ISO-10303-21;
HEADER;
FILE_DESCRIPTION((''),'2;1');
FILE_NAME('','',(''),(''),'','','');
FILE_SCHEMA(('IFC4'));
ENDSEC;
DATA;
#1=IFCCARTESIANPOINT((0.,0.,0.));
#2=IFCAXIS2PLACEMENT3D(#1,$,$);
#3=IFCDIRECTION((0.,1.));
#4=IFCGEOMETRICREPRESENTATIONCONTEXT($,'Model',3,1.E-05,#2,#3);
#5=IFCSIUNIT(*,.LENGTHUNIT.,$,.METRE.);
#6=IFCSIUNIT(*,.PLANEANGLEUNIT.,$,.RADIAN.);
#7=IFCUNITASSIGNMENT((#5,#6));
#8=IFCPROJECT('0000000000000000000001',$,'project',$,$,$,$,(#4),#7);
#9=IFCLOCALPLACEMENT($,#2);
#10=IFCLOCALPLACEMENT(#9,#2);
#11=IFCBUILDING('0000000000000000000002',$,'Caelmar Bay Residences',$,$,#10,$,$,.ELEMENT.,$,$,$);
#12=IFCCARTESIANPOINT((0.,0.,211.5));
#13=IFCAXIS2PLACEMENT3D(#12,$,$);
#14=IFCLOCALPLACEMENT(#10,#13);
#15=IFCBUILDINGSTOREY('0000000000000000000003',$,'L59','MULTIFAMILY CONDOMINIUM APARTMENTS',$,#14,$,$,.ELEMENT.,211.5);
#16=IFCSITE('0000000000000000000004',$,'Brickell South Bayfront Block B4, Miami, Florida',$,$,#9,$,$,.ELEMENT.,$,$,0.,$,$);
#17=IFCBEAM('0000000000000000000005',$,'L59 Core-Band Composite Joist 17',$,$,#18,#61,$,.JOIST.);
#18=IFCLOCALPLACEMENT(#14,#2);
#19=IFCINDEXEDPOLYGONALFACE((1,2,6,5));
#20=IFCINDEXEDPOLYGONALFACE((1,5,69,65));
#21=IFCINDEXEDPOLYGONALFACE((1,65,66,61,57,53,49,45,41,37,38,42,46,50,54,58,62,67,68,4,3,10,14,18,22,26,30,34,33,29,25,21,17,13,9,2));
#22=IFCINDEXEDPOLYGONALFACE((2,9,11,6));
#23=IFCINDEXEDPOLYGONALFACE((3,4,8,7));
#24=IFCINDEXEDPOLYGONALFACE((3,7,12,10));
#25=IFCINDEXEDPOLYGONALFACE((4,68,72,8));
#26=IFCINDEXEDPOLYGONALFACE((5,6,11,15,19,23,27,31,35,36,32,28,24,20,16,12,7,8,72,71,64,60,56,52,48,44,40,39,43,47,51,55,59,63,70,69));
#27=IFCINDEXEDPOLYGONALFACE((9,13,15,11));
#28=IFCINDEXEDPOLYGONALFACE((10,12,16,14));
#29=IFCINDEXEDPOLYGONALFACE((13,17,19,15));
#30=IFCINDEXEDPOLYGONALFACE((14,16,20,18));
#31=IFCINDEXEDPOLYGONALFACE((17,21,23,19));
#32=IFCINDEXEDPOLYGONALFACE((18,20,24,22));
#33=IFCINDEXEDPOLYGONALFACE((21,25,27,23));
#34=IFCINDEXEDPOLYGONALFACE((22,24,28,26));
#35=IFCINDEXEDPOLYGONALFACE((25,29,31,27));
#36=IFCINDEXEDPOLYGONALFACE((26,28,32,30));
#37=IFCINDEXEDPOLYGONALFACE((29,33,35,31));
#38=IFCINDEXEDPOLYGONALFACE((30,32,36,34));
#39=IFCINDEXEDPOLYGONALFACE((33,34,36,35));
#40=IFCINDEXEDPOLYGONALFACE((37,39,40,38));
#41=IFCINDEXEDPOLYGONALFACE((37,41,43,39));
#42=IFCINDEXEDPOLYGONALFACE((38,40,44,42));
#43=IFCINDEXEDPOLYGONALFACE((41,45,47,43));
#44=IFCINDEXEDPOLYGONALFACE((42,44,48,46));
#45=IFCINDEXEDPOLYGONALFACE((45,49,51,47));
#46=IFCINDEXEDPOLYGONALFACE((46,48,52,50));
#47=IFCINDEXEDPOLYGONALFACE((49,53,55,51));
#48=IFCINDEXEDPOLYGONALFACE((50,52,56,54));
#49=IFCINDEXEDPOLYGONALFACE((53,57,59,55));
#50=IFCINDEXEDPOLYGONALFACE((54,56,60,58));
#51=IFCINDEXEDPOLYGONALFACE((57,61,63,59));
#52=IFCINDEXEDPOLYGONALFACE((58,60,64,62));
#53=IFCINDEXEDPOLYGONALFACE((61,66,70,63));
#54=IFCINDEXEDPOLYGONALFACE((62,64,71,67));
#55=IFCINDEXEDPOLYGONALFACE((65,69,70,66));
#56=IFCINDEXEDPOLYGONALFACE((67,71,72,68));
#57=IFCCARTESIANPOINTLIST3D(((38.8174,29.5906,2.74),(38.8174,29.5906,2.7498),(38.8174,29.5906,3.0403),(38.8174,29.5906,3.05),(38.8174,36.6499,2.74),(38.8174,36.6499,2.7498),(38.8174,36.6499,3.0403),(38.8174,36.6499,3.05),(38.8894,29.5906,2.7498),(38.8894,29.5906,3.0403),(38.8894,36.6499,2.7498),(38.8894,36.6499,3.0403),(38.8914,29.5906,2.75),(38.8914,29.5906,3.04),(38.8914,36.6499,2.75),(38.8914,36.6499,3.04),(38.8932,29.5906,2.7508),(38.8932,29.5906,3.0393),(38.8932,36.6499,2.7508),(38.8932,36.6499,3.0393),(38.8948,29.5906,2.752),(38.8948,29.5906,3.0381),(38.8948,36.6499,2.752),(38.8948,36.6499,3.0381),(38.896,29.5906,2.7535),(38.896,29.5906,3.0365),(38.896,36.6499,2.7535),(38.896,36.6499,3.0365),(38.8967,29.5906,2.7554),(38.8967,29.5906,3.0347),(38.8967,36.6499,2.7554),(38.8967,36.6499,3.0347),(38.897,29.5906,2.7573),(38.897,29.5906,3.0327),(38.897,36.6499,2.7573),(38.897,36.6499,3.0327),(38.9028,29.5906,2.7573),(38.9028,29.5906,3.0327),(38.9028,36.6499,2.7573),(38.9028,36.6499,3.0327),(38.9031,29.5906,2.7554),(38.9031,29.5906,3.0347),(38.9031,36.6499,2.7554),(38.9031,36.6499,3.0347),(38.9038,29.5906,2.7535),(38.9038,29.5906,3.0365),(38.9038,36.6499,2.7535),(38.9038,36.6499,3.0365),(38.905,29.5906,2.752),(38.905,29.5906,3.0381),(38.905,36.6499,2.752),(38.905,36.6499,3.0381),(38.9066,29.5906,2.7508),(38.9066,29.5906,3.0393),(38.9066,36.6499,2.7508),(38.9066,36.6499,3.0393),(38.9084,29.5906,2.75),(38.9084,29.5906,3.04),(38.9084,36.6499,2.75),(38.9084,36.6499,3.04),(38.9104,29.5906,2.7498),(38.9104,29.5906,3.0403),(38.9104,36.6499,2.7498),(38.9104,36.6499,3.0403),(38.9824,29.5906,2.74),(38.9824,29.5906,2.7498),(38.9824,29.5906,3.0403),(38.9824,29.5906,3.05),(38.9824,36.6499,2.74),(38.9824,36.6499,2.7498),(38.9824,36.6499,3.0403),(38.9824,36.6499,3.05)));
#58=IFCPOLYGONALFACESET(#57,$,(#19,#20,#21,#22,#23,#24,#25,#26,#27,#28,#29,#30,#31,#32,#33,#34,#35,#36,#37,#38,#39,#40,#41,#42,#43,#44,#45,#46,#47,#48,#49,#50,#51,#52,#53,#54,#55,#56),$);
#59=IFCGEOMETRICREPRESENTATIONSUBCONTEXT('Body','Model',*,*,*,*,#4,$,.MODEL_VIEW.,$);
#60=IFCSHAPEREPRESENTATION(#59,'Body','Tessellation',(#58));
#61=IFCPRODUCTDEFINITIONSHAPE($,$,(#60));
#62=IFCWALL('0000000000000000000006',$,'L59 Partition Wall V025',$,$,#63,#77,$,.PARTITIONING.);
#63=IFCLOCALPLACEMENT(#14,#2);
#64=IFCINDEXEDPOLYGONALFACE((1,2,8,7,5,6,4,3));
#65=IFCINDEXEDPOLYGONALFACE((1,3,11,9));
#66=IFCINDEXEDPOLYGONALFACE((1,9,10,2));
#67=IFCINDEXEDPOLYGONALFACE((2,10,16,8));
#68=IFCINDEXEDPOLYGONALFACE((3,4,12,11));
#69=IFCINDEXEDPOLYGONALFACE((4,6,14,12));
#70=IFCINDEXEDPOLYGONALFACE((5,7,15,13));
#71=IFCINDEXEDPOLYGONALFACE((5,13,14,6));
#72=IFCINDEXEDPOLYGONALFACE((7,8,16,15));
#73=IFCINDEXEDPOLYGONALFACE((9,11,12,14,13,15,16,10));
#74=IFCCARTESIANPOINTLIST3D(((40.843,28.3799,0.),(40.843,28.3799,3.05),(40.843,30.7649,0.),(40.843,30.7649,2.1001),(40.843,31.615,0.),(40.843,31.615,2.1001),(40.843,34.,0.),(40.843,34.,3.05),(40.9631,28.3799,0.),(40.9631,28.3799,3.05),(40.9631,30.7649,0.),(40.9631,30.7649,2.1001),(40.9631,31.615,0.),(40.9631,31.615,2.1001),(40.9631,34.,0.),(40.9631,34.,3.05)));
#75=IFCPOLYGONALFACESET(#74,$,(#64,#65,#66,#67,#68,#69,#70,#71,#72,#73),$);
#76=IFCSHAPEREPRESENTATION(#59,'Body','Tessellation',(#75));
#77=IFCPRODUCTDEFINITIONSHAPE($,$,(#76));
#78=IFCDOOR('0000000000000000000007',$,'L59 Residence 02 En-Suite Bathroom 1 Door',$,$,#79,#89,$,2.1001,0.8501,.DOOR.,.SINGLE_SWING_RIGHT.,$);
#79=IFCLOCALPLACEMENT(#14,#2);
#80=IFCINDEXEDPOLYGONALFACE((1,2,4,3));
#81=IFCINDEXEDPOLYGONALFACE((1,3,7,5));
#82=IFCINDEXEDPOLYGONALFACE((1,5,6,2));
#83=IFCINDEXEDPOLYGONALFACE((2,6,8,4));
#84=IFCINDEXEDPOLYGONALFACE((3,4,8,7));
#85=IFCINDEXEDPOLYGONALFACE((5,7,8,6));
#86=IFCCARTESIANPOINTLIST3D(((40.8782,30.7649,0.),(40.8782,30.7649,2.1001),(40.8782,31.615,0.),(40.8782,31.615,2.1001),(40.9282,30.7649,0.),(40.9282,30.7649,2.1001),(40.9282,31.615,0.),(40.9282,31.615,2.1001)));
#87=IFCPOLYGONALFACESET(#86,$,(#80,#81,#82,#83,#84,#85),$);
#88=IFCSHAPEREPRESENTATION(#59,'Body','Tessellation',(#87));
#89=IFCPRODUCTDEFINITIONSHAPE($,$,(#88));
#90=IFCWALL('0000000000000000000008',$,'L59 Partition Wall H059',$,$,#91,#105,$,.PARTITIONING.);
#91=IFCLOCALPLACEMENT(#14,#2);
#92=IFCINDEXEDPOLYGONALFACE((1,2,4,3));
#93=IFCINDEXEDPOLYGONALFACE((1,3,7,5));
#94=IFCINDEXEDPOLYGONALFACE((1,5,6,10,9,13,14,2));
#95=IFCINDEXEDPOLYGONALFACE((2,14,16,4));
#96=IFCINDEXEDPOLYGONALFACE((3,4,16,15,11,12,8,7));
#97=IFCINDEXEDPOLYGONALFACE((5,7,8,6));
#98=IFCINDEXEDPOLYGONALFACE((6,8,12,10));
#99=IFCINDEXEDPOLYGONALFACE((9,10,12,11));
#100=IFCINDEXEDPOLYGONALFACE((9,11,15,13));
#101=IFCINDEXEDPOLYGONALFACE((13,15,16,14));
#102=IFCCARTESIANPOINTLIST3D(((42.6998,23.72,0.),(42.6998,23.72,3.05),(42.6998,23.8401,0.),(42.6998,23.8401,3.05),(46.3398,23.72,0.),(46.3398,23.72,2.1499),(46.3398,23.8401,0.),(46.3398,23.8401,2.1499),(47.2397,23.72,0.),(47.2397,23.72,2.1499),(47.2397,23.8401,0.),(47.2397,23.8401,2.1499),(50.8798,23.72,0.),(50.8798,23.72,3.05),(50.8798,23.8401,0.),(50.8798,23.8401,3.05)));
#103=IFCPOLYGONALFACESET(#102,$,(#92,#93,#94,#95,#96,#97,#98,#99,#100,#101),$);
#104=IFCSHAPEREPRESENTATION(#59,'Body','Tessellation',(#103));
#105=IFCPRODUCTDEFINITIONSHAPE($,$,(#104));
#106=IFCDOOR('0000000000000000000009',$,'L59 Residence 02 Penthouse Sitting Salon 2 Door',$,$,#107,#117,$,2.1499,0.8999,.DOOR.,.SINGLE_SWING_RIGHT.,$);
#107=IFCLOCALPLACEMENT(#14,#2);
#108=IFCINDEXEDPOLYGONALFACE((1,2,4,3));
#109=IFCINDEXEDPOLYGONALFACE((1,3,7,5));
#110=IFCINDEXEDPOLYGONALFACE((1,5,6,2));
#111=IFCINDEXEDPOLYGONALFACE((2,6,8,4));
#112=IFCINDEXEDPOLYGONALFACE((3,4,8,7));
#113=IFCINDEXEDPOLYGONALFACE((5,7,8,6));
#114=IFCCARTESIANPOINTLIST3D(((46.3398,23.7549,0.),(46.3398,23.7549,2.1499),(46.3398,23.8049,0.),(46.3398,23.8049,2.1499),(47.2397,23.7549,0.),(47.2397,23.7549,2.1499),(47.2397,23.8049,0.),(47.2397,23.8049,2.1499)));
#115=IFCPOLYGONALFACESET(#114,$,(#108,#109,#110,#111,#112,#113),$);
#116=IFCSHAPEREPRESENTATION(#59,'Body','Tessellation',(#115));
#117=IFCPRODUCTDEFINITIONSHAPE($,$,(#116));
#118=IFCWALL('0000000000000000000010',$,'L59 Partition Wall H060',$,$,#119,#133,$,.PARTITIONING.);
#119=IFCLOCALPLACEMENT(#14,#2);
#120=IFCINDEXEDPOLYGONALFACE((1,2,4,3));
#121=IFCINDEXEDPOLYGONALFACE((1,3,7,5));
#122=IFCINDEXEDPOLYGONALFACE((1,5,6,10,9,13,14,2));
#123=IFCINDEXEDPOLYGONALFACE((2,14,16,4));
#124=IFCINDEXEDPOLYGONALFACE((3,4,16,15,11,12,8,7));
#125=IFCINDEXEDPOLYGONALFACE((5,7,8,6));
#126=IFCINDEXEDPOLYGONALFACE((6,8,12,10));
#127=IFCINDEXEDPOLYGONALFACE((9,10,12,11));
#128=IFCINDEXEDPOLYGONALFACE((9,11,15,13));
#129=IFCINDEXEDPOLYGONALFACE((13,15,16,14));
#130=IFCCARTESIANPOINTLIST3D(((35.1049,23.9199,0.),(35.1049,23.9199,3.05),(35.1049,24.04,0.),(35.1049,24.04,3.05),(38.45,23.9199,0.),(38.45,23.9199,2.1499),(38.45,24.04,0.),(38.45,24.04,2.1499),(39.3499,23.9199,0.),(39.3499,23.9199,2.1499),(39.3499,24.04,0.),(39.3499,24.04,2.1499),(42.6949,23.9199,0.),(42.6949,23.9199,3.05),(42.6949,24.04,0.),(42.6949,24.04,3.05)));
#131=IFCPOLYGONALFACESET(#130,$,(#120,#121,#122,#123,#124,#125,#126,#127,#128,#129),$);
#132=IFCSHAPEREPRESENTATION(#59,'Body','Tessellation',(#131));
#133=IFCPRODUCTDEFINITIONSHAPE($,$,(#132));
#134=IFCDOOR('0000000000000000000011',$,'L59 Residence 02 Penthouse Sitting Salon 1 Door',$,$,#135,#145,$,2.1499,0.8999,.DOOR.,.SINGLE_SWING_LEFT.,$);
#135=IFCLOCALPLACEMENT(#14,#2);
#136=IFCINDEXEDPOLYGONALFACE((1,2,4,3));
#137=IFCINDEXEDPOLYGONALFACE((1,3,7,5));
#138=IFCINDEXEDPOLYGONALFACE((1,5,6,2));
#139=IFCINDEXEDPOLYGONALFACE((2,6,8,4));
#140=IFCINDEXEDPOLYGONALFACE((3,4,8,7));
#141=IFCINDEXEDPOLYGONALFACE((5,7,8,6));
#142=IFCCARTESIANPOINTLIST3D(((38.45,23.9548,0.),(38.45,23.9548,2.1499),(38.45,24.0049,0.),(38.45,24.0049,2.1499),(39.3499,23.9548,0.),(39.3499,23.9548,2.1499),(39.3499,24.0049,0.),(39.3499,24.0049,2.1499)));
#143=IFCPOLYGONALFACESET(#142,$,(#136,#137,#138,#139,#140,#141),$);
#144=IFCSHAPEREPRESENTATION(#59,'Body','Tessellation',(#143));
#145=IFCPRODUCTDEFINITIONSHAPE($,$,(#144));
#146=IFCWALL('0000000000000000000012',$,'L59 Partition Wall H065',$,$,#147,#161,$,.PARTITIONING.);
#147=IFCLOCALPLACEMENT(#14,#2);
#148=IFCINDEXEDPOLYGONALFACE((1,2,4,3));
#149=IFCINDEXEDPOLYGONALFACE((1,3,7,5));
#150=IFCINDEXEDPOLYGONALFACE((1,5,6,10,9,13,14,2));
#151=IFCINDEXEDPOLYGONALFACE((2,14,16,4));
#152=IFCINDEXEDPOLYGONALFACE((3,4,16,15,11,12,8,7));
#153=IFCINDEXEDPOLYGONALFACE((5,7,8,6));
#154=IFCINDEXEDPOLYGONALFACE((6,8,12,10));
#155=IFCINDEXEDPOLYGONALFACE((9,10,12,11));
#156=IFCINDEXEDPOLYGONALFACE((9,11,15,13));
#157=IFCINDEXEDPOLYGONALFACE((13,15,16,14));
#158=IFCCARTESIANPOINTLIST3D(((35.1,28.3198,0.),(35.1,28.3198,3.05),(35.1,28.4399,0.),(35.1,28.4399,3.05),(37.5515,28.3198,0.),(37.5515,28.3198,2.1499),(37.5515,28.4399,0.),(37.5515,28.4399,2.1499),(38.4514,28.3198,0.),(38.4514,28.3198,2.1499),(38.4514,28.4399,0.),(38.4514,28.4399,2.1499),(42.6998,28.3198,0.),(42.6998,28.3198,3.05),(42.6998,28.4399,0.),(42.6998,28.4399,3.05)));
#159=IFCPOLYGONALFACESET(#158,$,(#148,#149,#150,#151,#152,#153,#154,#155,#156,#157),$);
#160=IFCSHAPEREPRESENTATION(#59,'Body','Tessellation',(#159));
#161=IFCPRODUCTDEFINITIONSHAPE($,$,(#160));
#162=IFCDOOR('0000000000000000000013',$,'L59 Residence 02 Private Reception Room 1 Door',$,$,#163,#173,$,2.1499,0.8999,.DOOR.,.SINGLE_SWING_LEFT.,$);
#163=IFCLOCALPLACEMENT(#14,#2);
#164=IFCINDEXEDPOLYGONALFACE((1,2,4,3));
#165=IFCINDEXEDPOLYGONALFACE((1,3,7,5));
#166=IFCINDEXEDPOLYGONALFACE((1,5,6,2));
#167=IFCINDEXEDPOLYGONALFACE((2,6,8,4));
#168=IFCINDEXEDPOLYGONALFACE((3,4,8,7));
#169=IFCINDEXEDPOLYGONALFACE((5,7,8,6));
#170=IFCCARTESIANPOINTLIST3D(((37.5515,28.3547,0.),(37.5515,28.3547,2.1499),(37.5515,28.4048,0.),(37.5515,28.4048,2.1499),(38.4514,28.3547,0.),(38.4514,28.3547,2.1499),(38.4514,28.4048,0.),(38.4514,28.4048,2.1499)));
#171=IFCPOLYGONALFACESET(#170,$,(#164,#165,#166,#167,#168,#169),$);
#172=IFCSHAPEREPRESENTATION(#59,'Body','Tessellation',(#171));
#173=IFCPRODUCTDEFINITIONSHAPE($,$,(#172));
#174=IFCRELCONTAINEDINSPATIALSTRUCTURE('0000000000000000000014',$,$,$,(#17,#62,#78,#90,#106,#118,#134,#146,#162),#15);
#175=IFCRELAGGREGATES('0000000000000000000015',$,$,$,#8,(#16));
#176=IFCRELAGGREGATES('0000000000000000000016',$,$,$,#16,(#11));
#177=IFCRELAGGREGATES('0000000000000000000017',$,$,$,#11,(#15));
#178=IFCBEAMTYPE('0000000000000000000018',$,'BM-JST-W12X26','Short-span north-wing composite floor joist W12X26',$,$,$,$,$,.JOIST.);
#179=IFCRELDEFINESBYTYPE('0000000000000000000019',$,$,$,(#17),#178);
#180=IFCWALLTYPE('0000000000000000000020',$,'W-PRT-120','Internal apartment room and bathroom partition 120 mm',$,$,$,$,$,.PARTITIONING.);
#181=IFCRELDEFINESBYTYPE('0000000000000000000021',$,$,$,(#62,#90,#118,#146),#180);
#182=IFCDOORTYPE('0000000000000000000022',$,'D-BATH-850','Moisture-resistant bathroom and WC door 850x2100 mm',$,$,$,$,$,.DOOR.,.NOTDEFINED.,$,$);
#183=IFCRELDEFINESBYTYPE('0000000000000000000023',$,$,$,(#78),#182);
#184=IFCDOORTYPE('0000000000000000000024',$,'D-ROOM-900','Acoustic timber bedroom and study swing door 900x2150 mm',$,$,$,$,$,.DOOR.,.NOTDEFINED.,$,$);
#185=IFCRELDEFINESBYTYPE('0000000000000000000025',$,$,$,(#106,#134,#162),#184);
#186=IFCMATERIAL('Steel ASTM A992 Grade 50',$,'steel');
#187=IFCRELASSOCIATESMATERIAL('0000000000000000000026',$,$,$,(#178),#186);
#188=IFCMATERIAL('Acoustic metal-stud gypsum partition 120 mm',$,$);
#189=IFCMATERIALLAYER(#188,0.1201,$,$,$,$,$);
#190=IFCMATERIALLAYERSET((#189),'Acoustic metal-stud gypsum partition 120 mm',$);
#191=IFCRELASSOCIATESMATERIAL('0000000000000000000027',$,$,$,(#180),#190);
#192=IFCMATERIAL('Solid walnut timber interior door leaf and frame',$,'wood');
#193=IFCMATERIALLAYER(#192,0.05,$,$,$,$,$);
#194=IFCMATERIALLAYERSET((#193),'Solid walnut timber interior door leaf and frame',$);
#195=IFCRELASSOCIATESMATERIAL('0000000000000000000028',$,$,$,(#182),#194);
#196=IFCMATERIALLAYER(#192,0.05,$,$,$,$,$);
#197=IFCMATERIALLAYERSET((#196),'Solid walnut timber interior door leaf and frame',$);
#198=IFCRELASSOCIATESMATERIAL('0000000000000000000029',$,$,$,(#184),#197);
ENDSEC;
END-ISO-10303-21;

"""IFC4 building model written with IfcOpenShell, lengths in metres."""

from ifc_helpers import new_model, si_unit, direction, frame, frame_2d, origin, origin_2d, place, context, subcontext, project, spatial, rectangle, i_section, extrude, material, layer, layer_set, material_profile, profile_set, type_object, element, fill, save


model = new_model("IFC4")

# Units and contexts
model_context = context("Model", 3, precision=1e-05, world=origin(), true_north=direction((0.0, 1.0)))
body_context = subcontext(model_context, "Body", "Model", "MODEL_VIEW")
ifc_project = project(units=[si_unit("LENGTHUNIT", "METRE"), si_unit("PLANEANGLEUNIT", "RADIAN")], contexts=[model_context])

# Site, building, storey
site_placement = place(None, origin())
site = spatial("IfcSite", under=ifc_project, at=site_placement, Name="Brickell South Bayfront Block B4, Miami, Florida", CompositionType="ELEMENT", RefElevation=0.0)
building_placement = place(site_placement, origin())
building = spatial("IfcBuilding", under=site, at=building_placement, Name="Caelmar Bay Residences", CompositionType="ELEMENT")
storey_placement = place(building_placement, frame((0.0, 0.0, 211.5)))
storey = spatial("IfcBuildingStorey", under=building, at=storey_placement, Name="L59", Description="MULTIFAMILY CONDOMINIUM APARTMENTS", CompositionType="ELEMENT", Elevation=211.5)

# Beam
ifc_material_1 = material(Name="Steel ASTM A992 Grade 50", Category="steel")
ifc_material_profile_1 = material_profile(ifc_material_1, i_section(OverallWidth=0.165, OverallDepth=0.3101, WebThickness=0.0059, FlangeThickness=0.0098, FilletRadius=0.0076, at=origin_2d()), Name="W12X26")
ifc_profile_set_1 = profile_set([ifc_material_profile_1], Name="Steel ASTM A992 Grade 50")
beam_type_1 = type_object("IfcBeamType", Name="BM-JST-W12X26", Description="Short-span north-wing composite floor joist W12X26", PredefinedType="JOIST", material=ifc_profile_set_1)
beam_1_placement = place(storey_placement, frame((38.8999, 29.5906, 2.895), z_axis=(0.0, 1.0, 0.0), x_axis=(-1.0, 0.0, 0.0)))
element("IfcBeam", 1, at=beam_1_placement, inside=storey, type_object=beam_type_1, Name="L59 Core-Band Composite Joist 17", PredefinedType="JOIST", context=body_context, shape_type="SweptSolid", body=[
    extrude(i_section(OverallWidth=0.165, OverallDepth=0.3101, WebThickness=0.0059, FlangeThickness=0.0098, FilletRadius=0.0076, at=origin_2d()), origin(), (0.0, 0.0, 1.0), 7.0593),
])

# Walls, openings, doors
ifc_material_2 = material(Name="Acoustic metal-stud gypsum partition 120 mm")
ifc_layer_1 = layer(ifc_material_2, 0.1201)
ifc_layer_set_1 = layer_set([ifc_layer_1], Name="Acoustic metal-stud gypsum partition 120 mm")
wall_type = type_object("IfcWallType", Name="W-PRT-120", Description="Internal apartment room and bathroom partition 120 mm", PredefinedType="PARTITIONING", material=ifc_layer_set_1)
wall_1_placement = place(storey_placement, frame((40.9031, 28.3799, 0.0), z_axis=(0.0, 0.0, 1.0), x_axis=(0.0, 1.0, 0.0)))
wall_1 = element("IfcWall", 2, at=wall_1_placement, inside=storey, type_object=wall_type, Name="L59 Partition Wall V025", PredefinedType="PARTITIONING", context=body_context, shape_type="SweptSolid", body=[
    extrude(rectangle(XDim=5.6201, YDim=0.1201, at=frame_2d((2.8101, 0.0))), origin(), (0.0, 0.0, 1.0), 3.05),
])
opening_1_placement = place(wall_1_placement, frame((2.385, 0.0, 0.0)))
opening_1 = element("IfcOpeningElement", 3, at=opening_1_placement, cuts=wall_1, PredefinedType="OPENING", context=body_context, shape_type="SweptSolid", body=[
    extrude(rectangle(XDim=0.8501, YDim=2.1001, at=frame_2d((0.425, 1.05))), frame((0.0, 0.0701, 0.0), z_axis=(0.0, -1.0, 0.0), x_axis=(1.0, 0.0, 0.0)), (0.0, 0.0, 1.0), 0.1401),
])
ifc_material_3 = material(Name="Solid walnut timber interior door leaf and frame", Category="wood")
ifc_layer_2 = layer(ifc_material_3, 0.05)
ifc_layer_set_2 = layer_set([ifc_layer_2], Name="Solid walnut timber interior door leaf and frame")
door_type_1 = type_object("IfcDoorType", Name="D-BATH-850", Description="Moisture-resistant bathroom and WC door 850x2100 mm", OperationType="NOTDEFINED", PredefinedType="DOOR", material=ifc_layer_set_2)
door_1_placement = place(opening_1_placement, origin())
door_1 = element("IfcDoor", 4, at=door_1_placement, inside=storey, type_object=door_type_1, Name="L59 Residence 02 En-Suite Bathroom 1 Door", OperationType="SINGLE_SWING_RIGHT", OverallHeight=2.1001, OverallWidth=0.8501, PredefinedType="DOOR", context=body_context, shape_type="SweptSolid", body=[
    extrude(rectangle(XDim=0.8501, YDim=2.1001, at=frame_2d((0.425, 1.05))), frame((0.0, 0.0249, 0.0), z_axis=(0.0, -1.0, 0.0), x_axis=(1.0, 0.0, 0.0)), (0.0, 0.0, 1.0), 0.05),
])
fill(opening_1, door_1)
wall_2_placement = place(storey_placement, frame((42.7, 23.78, 0.0), z_axis=(0.0, 0.0, 1.0), x_axis=(1.0, 0.0, 0.0)))
wall_2 = element("IfcWall", 5, at=wall_2_placement, inside=storey, type_object=wall_type, Name="L59 Partition Wall H059", PredefinedType="PARTITIONING", context=body_context, shape_type="SweptSolid", body=[
    extrude(rectangle(XDim=8.1799, YDim=0.1201, at=frame_2d((4.0898, 0.0))), origin(), (0.0, 0.0, 1.0), 3.05),
])
opening_2_placement = place(wall_2_placement, frame((3.6399, 0.0, 0.0)))
opening_2 = element("IfcOpeningElement", 6, at=opening_2_placement, cuts=wall_2, PredefinedType="OPENING", context=body_context, shape_type="SweptSolid", body=[
    extrude(rectangle(XDim=0.8999, YDim=2.1499, at=frame_2d((0.45, 1.075))), frame((0.0, 0.0701, 0.0), z_axis=(0.0, -1.0, 0.0), x_axis=(1.0, 0.0, 0.0)), (0.0, 0.0, 1.0), 0.1401),
])
ifc_layer_3 = layer(ifc_material_3, 0.05)
ifc_layer_set_3 = layer_set([ifc_layer_3], Name="Solid walnut timber interior door leaf and frame")
door_type_2 = type_object("IfcDoorType", Name="D-ROOM-900", Description="Acoustic timber bedroom and study swing door 900x2150 mm", OperationType="NOTDEFINED", PredefinedType="DOOR", material=ifc_layer_set_3)
door_2_placement = place(opening_2_placement, origin())
door_2 = element("IfcDoor", 7, at=door_2_placement, inside=storey, type_object=door_type_2, Name="L59 Residence 02 Penthouse Sitting Salon 2 Door", OperationType="SINGLE_SWING_RIGHT", OverallHeight=2.1499, OverallWidth=0.8999, PredefinedType="DOOR", context=body_context, shape_type="SweptSolid", body=[
    extrude(rectangle(XDim=0.8999, YDim=2.1499, at=frame_2d((0.45, 1.075))), frame((0.0, 0.0249, 0.0), z_axis=(0.0, -1.0, 0.0), x_axis=(1.0, 0.0, 0.0)), (0.0, 0.0, 1.0), 0.05),
])
fill(opening_2, door_2)
wall_3_placement = place(storey_placement, frame((35.105, 23.98, 0.0), z_axis=(0.0, 0.0, 1.0), x_axis=(1.0, 0.0, 0.0)))
wall_3 = element("IfcWall", 8, at=wall_3_placement, inside=storey, type_object=wall_type, Name="L59 Partition Wall H060", PredefinedType="PARTITIONING", context=body_context, shape_type="SweptSolid", body=[
    extrude(rectangle(XDim=7.5901, YDim=0.1201, at=frame_2d((3.7949, 0.0))), origin(), (0.0, 0.0, 1.0), 3.05),
])
opening_3_placement = place(wall_3_placement, frame((3.345, 0.0, 0.0)))
opening_3 = element("IfcOpeningElement", 9, at=opening_3_placement, cuts=wall_3, PredefinedType="OPENING", context=body_context, shape_type="SweptSolid", body=[
    extrude(rectangle(XDim=0.8999, YDim=2.1499, at=frame_2d((0.45, 1.075))), frame((0.0, 0.0701, 0.0), z_axis=(0.0, -1.0, 0.0), x_axis=(1.0, 0.0, 0.0)), (0.0, 0.0, 1.0), 0.1401),
])
door_3_placement = place(opening_3_placement, origin())
door_3 = element("IfcDoor", 10, at=door_3_placement, inside=storey, type_object=door_type_2, Name="L59 Residence 02 Penthouse Sitting Salon 1 Door", OperationType="SINGLE_SWING_LEFT", OverallHeight=2.1499, OverallWidth=0.8999, PredefinedType="DOOR", context=body_context, shape_type="SweptSolid", body=[
    extrude(rectangle(XDim=0.8999, YDim=2.1499, at=frame_2d((0.45, 1.075))), frame((0.0, 0.0249, 0.0), z_axis=(0.0, -1.0, 0.0), x_axis=(1.0, 0.0, 0.0)), (0.0, 0.0, 1.0), 0.05),
])
fill(opening_3, door_3)
wall_4_placement = place(storey_placement, frame((35.1001, 28.3799, 0.0), z_axis=(0.0, 0.0, 1.0), x_axis=(1.0, 0.0, 0.0)))
wall_4 = element("IfcWall", 11, at=wall_4_placement, inside=storey, type_object=wall_type, Name="L59 Partition Wall H065", PredefinedType="PARTITIONING", context=body_context, shape_type="SweptSolid", body=[
    extrude(rectangle(XDim=7.5999, YDim=0.1201, at=frame_2d((3.7998, 0.0))), origin(), (0.0, 0.0, 1.0), 3.05),
])
opening_4_placement = place(wall_4_placement, frame((2.4514, 0.0, 0.0)))
opening_4 = element("IfcOpeningElement", 12, at=opening_4_placement, cuts=wall_4, PredefinedType="OPENING", context=body_context, shape_type="SweptSolid", body=[
    extrude(rectangle(XDim=0.8999, YDim=2.1499, at=frame_2d((0.45, 1.075))), frame((0.0, 0.0701, 0.0), z_axis=(0.0, -1.0, 0.0), x_axis=(1.0, 0.0, 0.0)), (0.0, 0.0, 1.0), 0.1401),
])
door_4_placement = place(opening_4_placement, origin())
door_4 = element("IfcDoor", 13, at=door_4_placement, inside=storey, type_object=door_type_2, Name="L59 Residence 02 Private Reception Room 1 Door", OperationType="SINGLE_SWING_LEFT", OverallHeight=2.1499, OverallWidth=0.8999, PredefinedType="DOOR", context=body_context, shape_type="SweptSolid", body=[
    extrude(rectangle(XDim=0.8999, YDim=2.1499, at=frame_2d((0.45, 1.075))), frame((0.0, 0.0249, 0.0), z_axis=(0.0, -1.0, 0.0), x_axis=(1.0, 0.0, 0.0)), (0.0, 0.0, 1.0), 0.05),
])
fill(opening_4, door_4)

save(model, "model.ifc")
